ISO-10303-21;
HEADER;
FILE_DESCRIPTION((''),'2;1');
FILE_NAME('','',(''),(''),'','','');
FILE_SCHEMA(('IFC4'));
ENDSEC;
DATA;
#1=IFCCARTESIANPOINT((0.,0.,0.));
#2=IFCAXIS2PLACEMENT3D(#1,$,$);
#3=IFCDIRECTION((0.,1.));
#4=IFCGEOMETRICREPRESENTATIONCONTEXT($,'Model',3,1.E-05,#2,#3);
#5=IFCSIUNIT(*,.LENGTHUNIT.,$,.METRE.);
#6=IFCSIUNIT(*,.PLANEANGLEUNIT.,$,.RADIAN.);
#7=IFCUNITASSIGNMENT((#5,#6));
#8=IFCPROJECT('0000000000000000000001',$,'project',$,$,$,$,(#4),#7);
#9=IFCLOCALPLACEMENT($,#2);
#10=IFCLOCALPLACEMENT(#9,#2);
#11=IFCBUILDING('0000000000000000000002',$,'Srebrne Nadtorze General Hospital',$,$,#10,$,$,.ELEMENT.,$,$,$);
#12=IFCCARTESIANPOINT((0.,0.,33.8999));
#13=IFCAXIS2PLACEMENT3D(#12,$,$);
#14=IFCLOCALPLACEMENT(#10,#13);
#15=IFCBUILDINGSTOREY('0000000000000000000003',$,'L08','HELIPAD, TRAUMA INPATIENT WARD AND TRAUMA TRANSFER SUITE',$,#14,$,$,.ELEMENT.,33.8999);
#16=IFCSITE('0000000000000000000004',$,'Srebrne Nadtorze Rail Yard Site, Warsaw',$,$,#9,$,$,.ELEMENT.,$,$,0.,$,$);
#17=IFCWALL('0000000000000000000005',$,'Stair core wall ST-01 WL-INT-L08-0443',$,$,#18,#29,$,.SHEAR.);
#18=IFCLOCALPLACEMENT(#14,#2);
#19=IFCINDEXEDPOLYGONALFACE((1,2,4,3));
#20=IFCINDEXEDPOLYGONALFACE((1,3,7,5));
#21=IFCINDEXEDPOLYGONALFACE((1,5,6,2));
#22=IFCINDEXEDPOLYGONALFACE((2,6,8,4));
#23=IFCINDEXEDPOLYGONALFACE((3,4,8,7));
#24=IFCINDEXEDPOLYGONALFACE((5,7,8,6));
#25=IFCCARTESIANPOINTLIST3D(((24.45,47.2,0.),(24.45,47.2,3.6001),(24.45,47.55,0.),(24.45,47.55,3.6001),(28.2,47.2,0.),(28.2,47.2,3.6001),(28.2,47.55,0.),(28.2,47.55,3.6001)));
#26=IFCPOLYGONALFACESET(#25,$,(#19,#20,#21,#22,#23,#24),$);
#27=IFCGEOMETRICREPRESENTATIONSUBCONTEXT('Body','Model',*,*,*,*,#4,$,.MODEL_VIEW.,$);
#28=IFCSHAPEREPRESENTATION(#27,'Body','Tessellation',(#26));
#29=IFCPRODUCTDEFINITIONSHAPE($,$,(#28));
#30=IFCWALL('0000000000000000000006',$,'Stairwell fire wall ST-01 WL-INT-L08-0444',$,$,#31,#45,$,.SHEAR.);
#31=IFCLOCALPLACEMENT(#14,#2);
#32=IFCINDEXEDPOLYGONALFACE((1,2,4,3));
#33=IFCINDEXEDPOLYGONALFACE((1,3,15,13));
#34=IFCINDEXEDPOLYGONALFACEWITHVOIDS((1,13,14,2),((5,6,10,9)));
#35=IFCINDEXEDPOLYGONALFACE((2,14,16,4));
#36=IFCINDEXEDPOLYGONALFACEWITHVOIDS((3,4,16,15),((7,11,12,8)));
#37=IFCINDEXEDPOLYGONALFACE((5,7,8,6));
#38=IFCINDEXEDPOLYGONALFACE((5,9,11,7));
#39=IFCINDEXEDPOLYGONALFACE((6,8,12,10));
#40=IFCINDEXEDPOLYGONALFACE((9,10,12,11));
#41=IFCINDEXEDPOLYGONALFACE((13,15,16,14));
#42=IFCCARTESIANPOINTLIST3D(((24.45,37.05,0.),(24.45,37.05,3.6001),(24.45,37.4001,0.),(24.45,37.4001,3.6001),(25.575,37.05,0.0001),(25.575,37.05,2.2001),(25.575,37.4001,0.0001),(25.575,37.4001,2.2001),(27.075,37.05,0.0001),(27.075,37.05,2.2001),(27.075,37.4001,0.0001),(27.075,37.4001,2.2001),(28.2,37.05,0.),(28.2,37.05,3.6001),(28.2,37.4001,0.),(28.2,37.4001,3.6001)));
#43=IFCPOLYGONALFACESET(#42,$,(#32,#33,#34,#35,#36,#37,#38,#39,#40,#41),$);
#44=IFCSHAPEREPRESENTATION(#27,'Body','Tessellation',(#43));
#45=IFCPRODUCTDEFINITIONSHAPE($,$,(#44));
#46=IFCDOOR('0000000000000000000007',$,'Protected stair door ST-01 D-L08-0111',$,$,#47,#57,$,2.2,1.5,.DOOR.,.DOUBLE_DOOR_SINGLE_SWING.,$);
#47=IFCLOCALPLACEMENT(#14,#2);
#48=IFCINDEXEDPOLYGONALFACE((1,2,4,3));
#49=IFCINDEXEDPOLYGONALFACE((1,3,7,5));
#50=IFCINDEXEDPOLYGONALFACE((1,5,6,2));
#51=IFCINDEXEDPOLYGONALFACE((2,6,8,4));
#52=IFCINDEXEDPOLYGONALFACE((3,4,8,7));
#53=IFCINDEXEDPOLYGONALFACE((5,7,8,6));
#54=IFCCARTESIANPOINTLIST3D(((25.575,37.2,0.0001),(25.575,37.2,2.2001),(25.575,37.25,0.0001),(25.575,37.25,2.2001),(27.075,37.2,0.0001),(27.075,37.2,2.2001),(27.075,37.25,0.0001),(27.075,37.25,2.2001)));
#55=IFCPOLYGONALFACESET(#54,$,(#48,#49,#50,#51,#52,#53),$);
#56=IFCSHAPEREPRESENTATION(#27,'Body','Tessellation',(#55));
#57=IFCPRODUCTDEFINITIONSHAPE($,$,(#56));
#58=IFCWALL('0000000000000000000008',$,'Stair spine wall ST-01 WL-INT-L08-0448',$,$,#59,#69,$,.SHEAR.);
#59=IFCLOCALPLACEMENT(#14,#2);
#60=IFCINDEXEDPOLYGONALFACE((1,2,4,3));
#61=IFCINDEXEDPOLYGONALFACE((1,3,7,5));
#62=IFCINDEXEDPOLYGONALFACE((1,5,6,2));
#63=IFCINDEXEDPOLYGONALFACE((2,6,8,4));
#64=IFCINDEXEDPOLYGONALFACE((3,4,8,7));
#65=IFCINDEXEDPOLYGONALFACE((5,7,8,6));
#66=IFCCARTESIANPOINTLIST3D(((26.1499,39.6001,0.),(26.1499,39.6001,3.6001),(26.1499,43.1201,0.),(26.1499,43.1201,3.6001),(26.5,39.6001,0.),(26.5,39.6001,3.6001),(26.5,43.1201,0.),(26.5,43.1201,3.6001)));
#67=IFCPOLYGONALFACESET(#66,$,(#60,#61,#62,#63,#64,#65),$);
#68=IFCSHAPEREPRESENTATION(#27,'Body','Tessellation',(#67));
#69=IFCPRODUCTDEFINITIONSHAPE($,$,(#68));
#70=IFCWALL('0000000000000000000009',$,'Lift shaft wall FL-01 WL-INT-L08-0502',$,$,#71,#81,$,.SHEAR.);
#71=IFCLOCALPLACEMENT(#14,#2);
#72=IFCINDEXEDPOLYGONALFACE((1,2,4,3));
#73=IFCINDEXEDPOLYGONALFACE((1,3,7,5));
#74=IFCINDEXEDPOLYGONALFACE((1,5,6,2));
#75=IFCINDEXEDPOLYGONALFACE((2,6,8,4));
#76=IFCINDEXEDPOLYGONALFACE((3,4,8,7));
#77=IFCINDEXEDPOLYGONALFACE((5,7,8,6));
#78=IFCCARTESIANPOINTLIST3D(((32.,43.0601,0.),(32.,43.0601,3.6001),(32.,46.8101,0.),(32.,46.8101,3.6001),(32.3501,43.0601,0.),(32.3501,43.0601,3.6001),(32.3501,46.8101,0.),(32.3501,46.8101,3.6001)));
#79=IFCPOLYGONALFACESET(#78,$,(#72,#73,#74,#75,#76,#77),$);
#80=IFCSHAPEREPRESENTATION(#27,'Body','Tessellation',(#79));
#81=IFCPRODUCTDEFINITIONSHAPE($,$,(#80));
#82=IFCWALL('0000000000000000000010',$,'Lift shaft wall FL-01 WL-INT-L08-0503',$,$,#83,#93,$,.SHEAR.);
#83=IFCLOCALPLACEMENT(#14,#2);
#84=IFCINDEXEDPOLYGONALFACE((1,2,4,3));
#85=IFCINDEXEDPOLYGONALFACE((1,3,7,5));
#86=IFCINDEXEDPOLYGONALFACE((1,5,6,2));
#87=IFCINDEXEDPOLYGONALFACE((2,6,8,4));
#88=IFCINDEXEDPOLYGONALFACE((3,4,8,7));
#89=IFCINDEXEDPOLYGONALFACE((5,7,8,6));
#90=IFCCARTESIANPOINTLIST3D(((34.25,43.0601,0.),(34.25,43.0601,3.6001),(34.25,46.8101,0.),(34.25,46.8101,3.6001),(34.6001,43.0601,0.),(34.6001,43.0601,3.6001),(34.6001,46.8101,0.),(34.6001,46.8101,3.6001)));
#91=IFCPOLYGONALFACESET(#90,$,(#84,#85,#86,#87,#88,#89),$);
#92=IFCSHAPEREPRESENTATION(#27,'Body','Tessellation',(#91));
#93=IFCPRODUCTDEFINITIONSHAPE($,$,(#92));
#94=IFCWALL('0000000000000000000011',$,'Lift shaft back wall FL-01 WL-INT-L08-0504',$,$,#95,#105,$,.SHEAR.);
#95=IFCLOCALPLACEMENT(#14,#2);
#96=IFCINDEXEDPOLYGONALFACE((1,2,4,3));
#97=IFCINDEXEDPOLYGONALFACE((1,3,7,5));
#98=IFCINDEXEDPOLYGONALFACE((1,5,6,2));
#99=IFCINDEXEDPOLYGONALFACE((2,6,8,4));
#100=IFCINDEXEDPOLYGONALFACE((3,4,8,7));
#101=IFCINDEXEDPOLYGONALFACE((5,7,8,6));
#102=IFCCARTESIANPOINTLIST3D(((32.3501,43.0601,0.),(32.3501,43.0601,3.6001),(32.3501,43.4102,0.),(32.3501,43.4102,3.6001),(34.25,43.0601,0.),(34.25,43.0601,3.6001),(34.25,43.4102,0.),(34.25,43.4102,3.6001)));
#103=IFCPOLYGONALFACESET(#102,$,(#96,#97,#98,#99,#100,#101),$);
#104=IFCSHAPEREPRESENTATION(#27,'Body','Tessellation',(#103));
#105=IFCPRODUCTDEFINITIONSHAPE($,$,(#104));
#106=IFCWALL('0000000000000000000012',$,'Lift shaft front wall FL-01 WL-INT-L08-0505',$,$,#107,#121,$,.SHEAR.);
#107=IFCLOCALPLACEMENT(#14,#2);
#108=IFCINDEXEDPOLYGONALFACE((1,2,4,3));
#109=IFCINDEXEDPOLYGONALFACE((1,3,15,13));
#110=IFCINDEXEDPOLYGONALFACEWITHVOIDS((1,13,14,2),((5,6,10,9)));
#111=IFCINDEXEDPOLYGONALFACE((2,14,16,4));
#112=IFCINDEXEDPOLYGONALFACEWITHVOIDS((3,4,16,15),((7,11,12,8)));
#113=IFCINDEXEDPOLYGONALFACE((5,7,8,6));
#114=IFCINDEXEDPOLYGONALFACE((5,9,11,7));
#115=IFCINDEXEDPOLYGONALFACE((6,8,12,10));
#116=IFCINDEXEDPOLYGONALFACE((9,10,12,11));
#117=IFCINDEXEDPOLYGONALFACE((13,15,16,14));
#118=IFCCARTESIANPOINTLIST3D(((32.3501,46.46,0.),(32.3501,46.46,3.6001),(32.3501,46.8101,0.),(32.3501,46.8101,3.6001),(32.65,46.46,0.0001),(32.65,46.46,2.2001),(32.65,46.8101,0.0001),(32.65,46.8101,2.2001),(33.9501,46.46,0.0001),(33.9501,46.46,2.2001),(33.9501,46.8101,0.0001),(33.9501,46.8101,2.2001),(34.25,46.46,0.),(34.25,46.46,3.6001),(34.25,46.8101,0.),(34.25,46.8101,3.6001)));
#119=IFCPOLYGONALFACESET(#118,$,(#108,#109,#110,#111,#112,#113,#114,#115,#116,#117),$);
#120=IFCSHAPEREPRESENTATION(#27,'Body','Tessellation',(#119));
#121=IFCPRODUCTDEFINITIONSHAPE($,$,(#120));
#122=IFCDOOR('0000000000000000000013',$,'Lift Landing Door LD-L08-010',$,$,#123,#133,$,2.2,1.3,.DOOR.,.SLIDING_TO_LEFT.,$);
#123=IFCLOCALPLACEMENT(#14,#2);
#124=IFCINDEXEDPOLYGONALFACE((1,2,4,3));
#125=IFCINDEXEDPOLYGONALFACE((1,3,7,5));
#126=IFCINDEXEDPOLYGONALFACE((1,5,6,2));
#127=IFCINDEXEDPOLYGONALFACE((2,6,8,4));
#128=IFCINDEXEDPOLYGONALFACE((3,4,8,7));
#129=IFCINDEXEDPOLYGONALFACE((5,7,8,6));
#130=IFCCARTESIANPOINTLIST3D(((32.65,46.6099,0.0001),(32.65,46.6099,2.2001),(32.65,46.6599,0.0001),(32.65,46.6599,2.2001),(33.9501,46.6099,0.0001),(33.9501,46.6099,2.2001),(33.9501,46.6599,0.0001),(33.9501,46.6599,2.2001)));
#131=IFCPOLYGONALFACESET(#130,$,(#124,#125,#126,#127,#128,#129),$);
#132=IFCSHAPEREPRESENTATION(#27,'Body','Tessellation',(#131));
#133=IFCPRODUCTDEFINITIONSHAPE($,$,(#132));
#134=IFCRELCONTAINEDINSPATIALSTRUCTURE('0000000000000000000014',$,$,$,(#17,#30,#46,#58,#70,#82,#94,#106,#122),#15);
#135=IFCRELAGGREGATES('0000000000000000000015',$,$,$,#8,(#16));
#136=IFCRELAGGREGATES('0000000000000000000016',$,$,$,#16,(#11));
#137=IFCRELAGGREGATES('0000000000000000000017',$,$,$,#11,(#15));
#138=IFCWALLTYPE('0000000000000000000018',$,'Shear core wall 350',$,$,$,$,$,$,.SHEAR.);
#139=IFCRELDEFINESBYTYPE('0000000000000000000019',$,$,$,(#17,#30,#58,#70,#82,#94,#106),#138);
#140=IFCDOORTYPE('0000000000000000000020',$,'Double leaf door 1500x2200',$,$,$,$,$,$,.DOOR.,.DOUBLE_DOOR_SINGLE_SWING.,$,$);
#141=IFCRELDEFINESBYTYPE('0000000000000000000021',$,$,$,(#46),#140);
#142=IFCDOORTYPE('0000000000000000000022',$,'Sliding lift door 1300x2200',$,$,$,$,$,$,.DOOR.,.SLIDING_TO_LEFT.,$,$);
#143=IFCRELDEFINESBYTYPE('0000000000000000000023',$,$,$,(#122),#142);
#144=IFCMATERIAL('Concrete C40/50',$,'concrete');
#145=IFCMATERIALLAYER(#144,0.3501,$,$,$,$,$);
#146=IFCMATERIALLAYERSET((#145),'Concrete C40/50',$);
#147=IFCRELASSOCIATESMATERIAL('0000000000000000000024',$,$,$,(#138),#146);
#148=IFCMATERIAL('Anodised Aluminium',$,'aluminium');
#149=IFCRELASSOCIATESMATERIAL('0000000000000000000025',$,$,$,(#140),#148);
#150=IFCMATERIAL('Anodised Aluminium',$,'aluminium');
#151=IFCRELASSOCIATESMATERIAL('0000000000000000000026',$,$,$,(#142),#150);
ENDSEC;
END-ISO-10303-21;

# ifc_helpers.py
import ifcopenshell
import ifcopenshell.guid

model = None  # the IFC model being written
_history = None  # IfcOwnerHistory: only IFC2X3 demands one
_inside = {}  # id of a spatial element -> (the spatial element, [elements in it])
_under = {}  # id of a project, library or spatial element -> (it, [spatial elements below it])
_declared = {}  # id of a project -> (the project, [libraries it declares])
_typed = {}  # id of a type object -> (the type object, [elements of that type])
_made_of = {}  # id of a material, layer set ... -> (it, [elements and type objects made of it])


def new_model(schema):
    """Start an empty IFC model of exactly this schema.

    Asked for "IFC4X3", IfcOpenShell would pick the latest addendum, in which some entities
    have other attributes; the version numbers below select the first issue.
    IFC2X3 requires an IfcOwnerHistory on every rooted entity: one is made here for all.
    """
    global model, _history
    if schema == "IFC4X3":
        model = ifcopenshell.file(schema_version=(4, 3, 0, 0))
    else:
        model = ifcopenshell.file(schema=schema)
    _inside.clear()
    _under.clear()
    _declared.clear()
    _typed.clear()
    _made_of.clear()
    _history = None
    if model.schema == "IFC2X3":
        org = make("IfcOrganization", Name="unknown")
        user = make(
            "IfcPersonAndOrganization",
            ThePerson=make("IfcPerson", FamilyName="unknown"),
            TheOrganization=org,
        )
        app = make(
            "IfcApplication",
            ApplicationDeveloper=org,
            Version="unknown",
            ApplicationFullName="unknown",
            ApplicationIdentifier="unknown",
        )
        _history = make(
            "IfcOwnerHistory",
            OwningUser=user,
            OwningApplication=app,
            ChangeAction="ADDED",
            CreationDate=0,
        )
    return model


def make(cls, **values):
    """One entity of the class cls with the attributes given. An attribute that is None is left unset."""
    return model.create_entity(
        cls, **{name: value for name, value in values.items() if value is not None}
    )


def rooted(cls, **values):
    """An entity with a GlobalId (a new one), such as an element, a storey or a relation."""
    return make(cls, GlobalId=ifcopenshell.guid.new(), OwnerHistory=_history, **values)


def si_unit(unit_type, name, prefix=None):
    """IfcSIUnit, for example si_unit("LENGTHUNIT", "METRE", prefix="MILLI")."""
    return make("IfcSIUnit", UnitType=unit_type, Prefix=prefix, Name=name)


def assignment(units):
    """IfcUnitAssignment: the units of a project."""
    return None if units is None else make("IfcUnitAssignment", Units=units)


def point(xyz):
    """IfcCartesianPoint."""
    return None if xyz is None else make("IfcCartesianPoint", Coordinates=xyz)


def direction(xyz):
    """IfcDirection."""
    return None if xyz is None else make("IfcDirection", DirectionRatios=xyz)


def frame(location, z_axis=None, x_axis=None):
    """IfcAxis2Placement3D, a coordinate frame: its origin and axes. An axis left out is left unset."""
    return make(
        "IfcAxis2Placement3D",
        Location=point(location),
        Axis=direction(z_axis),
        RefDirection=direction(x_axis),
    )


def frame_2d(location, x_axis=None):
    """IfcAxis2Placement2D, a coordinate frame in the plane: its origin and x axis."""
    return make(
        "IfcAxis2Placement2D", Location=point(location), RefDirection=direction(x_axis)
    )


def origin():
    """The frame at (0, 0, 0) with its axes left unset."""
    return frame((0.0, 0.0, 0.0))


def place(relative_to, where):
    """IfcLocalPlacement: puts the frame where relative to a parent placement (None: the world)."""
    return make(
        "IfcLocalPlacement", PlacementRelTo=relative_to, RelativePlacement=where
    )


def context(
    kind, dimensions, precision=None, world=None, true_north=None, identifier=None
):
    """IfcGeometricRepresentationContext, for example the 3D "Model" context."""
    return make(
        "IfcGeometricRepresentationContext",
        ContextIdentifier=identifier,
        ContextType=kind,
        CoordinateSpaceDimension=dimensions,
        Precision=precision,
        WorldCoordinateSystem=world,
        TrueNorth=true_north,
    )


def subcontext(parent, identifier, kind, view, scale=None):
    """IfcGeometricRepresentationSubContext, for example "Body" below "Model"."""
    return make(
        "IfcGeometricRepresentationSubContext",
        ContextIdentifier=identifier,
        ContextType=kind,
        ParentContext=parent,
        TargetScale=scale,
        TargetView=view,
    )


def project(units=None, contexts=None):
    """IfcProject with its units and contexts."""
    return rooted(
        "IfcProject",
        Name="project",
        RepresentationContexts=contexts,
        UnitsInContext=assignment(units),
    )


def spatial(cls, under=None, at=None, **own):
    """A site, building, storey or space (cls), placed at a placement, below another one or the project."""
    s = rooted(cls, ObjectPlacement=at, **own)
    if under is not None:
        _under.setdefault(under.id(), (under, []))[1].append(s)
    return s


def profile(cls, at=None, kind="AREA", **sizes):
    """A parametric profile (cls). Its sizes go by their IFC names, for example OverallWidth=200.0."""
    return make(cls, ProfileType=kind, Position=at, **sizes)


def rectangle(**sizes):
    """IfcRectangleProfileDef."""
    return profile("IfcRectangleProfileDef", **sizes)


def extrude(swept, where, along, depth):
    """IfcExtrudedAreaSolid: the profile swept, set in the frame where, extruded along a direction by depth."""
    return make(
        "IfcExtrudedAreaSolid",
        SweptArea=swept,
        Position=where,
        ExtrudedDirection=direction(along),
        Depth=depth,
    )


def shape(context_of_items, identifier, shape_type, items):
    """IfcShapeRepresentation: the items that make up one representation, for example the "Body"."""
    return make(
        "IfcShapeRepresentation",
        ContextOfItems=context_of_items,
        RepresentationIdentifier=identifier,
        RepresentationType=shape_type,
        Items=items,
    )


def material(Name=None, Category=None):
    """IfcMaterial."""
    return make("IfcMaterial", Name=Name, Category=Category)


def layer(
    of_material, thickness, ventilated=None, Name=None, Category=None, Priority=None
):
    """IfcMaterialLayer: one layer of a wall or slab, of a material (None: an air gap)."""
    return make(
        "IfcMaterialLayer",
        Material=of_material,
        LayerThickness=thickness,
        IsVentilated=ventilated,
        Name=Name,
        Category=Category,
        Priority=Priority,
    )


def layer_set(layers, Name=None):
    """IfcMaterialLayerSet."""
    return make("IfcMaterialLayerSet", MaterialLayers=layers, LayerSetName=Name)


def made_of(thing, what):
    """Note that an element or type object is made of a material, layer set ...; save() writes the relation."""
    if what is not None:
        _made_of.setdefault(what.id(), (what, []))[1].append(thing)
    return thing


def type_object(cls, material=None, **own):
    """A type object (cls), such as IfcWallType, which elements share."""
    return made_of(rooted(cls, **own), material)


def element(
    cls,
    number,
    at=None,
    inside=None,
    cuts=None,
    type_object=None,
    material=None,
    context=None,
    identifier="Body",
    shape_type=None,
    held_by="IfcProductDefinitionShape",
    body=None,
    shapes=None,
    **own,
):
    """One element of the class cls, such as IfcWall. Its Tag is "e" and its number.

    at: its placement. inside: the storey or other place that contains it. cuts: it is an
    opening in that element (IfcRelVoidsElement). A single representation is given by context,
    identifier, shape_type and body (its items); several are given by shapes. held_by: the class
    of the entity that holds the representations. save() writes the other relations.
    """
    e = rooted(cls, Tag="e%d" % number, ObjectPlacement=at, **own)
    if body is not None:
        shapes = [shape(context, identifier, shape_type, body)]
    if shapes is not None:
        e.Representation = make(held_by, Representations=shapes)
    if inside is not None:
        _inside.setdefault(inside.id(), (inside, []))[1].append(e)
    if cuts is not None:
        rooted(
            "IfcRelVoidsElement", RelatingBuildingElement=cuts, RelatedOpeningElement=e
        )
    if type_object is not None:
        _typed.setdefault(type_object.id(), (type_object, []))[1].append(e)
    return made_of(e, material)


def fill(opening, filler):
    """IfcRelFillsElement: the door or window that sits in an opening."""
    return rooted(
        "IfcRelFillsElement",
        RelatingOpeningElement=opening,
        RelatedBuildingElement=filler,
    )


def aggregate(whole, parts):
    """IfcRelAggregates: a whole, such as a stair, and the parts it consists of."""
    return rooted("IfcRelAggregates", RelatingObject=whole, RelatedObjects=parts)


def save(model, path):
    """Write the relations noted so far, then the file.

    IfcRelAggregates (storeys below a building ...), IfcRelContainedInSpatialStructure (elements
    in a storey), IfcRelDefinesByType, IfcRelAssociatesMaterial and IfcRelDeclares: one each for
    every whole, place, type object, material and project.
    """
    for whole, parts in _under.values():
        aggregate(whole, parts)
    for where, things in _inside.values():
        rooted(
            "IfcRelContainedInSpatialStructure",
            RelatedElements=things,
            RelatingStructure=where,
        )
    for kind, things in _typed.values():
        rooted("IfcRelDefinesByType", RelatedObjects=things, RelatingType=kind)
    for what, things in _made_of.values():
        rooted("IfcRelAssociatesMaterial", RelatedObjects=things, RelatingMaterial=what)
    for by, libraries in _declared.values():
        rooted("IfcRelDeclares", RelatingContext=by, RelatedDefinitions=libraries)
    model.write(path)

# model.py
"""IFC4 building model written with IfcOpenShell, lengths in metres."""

from ifc_helpers import new_model, si_unit, direction, frame, frame_2d, origin, place, context, subcontext, project, spatial, rectangle, extrude, material, layer, layer_set, type_object, element, fill, save


model = new_model("IFC4")

# Units and contexts
model_context = context("Model", 3, precision=1e-05, world=origin(), true_north=direction((0.0, 1.0)))
body_context = subcontext(model_context, "Body", "Model", "MODEL_VIEW")
ifc_project = project(units=[si_unit("LENGTHUNIT", "METRE"), si_unit("PLANEANGLEUNIT", "RADIAN")], contexts=[model_context])

# Site, building, storey
site_placement = place(None, origin())
site = spatial("IfcSite", under=ifc_project, at=site_placement, Name="Srebrne Nadtorze Rail Yard Site, Warsaw", CompositionType="ELEMENT", RefElevation=0.0)
building_placement = place(site_placement, origin())
building = spatial("IfcBuilding", under=site, at=building_placement, Name="Srebrne Nadtorze General Hospital", CompositionType="ELEMENT")
storey_placement = place(building_placement, frame((0.0, 0.0, 33.8999)))
storey = spatial("IfcBuildingStorey", under=building, at=storey_placement, Name="L08", Description="HELIPAD, TRAUMA INPATIENT WARD AND TRAUMA TRANSFER SUITE", CompositionType="ELEMENT", Elevation=33.8999)

# Wall
ifc_material_1 = material(Name="Concrete C40/50", Category="concrete")
ifc_layer_1 = layer(ifc_material_1, 0.3501)
ifc_layer_set_1 = layer_set([ifc_layer_1], Name="Concrete C40/50")
wall_type_1 = type_object("IfcWallType", Name="Shear core wall 350", PredefinedType="SHEAR", material=ifc_layer_set_1)
wall_1_placement = place(storey_placement, frame((24.45, 47.375, 0.0), z_axis=(0.0, 0.0, 1.0), x_axis=(1.0, 0.0, 0.0)))
element("IfcWall", 1, at=wall_1_placement, inside=storey, type_object=wall_type_1, Name="Stair core wall ST-01 WL-INT-L08-0443", PredefinedType="SHEAR", context=body_context, shape_type="SweptSolid", body=[
    extrude(rectangle(XDim=3.75, YDim=0.3501, at=frame_2d((1.875, 0.0))), origin(), (0.0, 0.0, 1.0), 3.6001),
])

# Wall, opening, door
wall_2_placement = place(storey_placement, frame((24.45, 37.2251, 0.0), z_axis=(0.0, 0.0, 1.0), x_axis=(1.0, 0.0, 0.0)))
wall_2 = element("IfcWall", 2, at=wall_2_placement, inside=storey, type_object=wall_type_1, Name="Stairwell fire wall ST-01 WL-INT-L08-0444", PredefinedType="SHEAR", context=body_context, shape_type="SweptSolid", body=[
    extrude(rectangle(XDim=3.75, YDim=0.3501, at=frame_2d((1.875, 0.0))), origin(), (0.0, 0.0, 1.0), 3.6001),
])
opening_1_placement = place(wall_2_placement, frame((1.125, 0.0, 0.0)))
opening_1 = element("IfcOpeningElement", 3, at=opening_1_placement, cuts=wall_2, PredefinedType="OPENING", context=body_context, shape_type="SweptSolid", body=[
    extrude(rectangle(XDim=1.5, YDim=2.2, at=frame_2d((0.75, 1.1001))), frame((0.0, 0.187, 0.0), z_axis=(0.0, -1.0, 0.0), x_axis=(1.0, 0.0, 0.0)), (0.0, 0.0, 1.0), 0.374),
])
ifc_material_2 = material(Name="Anodised Aluminium", Category="aluminium")
door_type_1 = type_object("IfcDoorType", Name="Double leaf door 1500x2200", OperationType="DOUBLE_DOOR_SINGLE_SWING", PredefinedType="DOOR", material=ifc_material_2)
door_1_placement = place(opening_1_placement, origin())
door_1 = element("IfcDoor", 4, at=door_1_placement, inside=storey, type_object=door_type_1, Name="Protected stair door ST-01 D-L08-0111", OperationType="DOUBLE_DOOR_SINGLE_SWING", OverallHeight=2.2, OverallWidth=1.5, PredefinedType="DOOR", context=body_context, shape_type="SweptSolid", body=[
    extrude(rectangle(XDim=1.5, YDim=2.2, at=frame_2d((0.75, 1.1001))), frame((0.0, 0.0249, 0.0), z_axis=(0.0, -1.0, 0.0), x_axis=(1.0, 0.0, 0.0)), (0.0, 0.0, 1.0), 0.05),
])
fill(opening_1, door_1)

# Walls
wall_3_placement = place(storey_placement, frame((26.325, 39.6001, 0.0), z_axis=(0.0, 0.0, 1.0), x_axis=(0.0, 1.0, 0.0)))
element("IfcWall", 5, at=wall_3_placement, inside=storey, type_object=wall_type_1, Name="Stair spine wall ST-01 WL-INT-L08-0448", PredefinedType="SHEAR", context=body_context, shape_type="SweptSolid", body=[
    extrude(rectangle(XDim=3.52, YDim=0.3501, at=frame_2d((1.76, 0.0))), origin(), (0.0, 0.0, 1.0), 3.6001),
])
for number, where, z_axis, x_axis, name in (
    (6, (32.175, 43.0601, 0.0), (0.0, 0.0, 1.0), (0.0, 1.0, 0.0), "Lift shaft wall FL-01 WL-INT-L08-0502"),
    (7, (34.425, 43.0601, 0.0), (0.0, 0.0, 1.0), (0.0, 1.0, 0.0), "Lift shaft wall FL-01 WL-INT-L08-0503"),
):
    element("IfcWall", number, at=place(storey_placement, frame(where, z_axis=z_axis, x_axis=x_axis)), inside=storey, type_object=wall_type_1, Name=name, PredefinedType="SHEAR", context=body_context, shape_type="SweptSolid", body=[
        extrude(rectangle(XDim=3.75, YDim=0.3501, at=frame_2d((1.875, 0.0))), origin(), (0.0, 0.0, 1.0), 3.6001),
    ])
wall_4_placement = place(storey_placement, frame((32.3501, 43.2351, 0.0), z_axis=(0.0, 0.0, 1.0), x_axis=(1.0, 0.0, 0.0)))
element("IfcWall", 8, at=wall_4_placement, inside=storey, type_object=wall_type_1, Name="Lift shaft back wall FL-01 WL-INT-L08-0504", PredefinedType="SHEAR", context=body_context, shape_type="SweptSolid", body=[
    extrude(rectangle(XDim=1.8999, YDim=0.3501, at=frame_2d((0.95, 0.0))), origin(), (0.0, 0.0, 1.0), 3.6001),
])

# Wall, opening, door
wall_5_placement = place(storey_placement, frame((32.3501, 46.635, 0.0), z_axis=(0.0, 0.0, 1.0), x_axis=(1.0, 0.0, 0.0)))
wall_5 = element("IfcWall", 9, at=wall_5_placement, inside=storey, type_object=wall_type_1, Name="Lift shaft front wall FL-01 WL-INT-L08-0505", PredefinedType="SHEAR", context=body_context, shape_type="SweptSolid", body=[
    extrude(rectangle(XDim=1.8999, YDim=0.3501, at=frame_2d((0.95, 0.0))), origin(), (0.0, 0.0, 1.0), 3.6001),
])
opening_2_placement = place(wall_5_placement, frame((0.3, 0.0, 0.0)))
opening_2 = element("IfcOpeningElement", 10, at=opening_2_placement, cuts=wall_5, PredefinedType="OPENING", context=body_context, shape_type="SweptSolid", body=[
    extrude(rectangle(XDim=1.3, YDim=2.2, at=frame_2d((0.6499, 1.1001))), frame((0.0, 0.187, 0.0), z_axis=(0.0, -1.0, 0.0), x_axis=(1.0, 0.0, 0.0)), (0.0, 0.0, 1.0), 0.374),
])
ifc_material_3 = material(Name="Anodised Aluminium", Category="aluminium")
door_type_2 = type_object("IfcDoorType", Name="Sliding lift door 1300x2200", OperationType="SLIDING_TO_LEFT", PredefinedType="DOOR", material=ifc_material_3)
door_2_placement = place(opening_2_placement, origin())
door_2 = element("IfcDoor", 11, at=door_2_placement, inside=storey, type_object=door_type_2, Name="Lift Landing Door LD-L08-010", OperationType="SLIDING_TO_LEFT", OverallHeight=2.2, OverallWidth=1.3, PredefinedType="DOOR", context=body_context, shape_type="SweptSolid", body=[
    extrude(rectangle(XDim=1.3, YDim=2.2, at=frame_2d((0.6499, 1.1001))), frame((0.0, 0.0249, 0.0), z_axis=(0.0, -1.0, 0.0), x_axis=(1.0, 0.0, 0.0)), (0.0, 0.0, 1.0), 0.05),
])
fill(opening_2, door_2)

save(model, "model.ifc")
